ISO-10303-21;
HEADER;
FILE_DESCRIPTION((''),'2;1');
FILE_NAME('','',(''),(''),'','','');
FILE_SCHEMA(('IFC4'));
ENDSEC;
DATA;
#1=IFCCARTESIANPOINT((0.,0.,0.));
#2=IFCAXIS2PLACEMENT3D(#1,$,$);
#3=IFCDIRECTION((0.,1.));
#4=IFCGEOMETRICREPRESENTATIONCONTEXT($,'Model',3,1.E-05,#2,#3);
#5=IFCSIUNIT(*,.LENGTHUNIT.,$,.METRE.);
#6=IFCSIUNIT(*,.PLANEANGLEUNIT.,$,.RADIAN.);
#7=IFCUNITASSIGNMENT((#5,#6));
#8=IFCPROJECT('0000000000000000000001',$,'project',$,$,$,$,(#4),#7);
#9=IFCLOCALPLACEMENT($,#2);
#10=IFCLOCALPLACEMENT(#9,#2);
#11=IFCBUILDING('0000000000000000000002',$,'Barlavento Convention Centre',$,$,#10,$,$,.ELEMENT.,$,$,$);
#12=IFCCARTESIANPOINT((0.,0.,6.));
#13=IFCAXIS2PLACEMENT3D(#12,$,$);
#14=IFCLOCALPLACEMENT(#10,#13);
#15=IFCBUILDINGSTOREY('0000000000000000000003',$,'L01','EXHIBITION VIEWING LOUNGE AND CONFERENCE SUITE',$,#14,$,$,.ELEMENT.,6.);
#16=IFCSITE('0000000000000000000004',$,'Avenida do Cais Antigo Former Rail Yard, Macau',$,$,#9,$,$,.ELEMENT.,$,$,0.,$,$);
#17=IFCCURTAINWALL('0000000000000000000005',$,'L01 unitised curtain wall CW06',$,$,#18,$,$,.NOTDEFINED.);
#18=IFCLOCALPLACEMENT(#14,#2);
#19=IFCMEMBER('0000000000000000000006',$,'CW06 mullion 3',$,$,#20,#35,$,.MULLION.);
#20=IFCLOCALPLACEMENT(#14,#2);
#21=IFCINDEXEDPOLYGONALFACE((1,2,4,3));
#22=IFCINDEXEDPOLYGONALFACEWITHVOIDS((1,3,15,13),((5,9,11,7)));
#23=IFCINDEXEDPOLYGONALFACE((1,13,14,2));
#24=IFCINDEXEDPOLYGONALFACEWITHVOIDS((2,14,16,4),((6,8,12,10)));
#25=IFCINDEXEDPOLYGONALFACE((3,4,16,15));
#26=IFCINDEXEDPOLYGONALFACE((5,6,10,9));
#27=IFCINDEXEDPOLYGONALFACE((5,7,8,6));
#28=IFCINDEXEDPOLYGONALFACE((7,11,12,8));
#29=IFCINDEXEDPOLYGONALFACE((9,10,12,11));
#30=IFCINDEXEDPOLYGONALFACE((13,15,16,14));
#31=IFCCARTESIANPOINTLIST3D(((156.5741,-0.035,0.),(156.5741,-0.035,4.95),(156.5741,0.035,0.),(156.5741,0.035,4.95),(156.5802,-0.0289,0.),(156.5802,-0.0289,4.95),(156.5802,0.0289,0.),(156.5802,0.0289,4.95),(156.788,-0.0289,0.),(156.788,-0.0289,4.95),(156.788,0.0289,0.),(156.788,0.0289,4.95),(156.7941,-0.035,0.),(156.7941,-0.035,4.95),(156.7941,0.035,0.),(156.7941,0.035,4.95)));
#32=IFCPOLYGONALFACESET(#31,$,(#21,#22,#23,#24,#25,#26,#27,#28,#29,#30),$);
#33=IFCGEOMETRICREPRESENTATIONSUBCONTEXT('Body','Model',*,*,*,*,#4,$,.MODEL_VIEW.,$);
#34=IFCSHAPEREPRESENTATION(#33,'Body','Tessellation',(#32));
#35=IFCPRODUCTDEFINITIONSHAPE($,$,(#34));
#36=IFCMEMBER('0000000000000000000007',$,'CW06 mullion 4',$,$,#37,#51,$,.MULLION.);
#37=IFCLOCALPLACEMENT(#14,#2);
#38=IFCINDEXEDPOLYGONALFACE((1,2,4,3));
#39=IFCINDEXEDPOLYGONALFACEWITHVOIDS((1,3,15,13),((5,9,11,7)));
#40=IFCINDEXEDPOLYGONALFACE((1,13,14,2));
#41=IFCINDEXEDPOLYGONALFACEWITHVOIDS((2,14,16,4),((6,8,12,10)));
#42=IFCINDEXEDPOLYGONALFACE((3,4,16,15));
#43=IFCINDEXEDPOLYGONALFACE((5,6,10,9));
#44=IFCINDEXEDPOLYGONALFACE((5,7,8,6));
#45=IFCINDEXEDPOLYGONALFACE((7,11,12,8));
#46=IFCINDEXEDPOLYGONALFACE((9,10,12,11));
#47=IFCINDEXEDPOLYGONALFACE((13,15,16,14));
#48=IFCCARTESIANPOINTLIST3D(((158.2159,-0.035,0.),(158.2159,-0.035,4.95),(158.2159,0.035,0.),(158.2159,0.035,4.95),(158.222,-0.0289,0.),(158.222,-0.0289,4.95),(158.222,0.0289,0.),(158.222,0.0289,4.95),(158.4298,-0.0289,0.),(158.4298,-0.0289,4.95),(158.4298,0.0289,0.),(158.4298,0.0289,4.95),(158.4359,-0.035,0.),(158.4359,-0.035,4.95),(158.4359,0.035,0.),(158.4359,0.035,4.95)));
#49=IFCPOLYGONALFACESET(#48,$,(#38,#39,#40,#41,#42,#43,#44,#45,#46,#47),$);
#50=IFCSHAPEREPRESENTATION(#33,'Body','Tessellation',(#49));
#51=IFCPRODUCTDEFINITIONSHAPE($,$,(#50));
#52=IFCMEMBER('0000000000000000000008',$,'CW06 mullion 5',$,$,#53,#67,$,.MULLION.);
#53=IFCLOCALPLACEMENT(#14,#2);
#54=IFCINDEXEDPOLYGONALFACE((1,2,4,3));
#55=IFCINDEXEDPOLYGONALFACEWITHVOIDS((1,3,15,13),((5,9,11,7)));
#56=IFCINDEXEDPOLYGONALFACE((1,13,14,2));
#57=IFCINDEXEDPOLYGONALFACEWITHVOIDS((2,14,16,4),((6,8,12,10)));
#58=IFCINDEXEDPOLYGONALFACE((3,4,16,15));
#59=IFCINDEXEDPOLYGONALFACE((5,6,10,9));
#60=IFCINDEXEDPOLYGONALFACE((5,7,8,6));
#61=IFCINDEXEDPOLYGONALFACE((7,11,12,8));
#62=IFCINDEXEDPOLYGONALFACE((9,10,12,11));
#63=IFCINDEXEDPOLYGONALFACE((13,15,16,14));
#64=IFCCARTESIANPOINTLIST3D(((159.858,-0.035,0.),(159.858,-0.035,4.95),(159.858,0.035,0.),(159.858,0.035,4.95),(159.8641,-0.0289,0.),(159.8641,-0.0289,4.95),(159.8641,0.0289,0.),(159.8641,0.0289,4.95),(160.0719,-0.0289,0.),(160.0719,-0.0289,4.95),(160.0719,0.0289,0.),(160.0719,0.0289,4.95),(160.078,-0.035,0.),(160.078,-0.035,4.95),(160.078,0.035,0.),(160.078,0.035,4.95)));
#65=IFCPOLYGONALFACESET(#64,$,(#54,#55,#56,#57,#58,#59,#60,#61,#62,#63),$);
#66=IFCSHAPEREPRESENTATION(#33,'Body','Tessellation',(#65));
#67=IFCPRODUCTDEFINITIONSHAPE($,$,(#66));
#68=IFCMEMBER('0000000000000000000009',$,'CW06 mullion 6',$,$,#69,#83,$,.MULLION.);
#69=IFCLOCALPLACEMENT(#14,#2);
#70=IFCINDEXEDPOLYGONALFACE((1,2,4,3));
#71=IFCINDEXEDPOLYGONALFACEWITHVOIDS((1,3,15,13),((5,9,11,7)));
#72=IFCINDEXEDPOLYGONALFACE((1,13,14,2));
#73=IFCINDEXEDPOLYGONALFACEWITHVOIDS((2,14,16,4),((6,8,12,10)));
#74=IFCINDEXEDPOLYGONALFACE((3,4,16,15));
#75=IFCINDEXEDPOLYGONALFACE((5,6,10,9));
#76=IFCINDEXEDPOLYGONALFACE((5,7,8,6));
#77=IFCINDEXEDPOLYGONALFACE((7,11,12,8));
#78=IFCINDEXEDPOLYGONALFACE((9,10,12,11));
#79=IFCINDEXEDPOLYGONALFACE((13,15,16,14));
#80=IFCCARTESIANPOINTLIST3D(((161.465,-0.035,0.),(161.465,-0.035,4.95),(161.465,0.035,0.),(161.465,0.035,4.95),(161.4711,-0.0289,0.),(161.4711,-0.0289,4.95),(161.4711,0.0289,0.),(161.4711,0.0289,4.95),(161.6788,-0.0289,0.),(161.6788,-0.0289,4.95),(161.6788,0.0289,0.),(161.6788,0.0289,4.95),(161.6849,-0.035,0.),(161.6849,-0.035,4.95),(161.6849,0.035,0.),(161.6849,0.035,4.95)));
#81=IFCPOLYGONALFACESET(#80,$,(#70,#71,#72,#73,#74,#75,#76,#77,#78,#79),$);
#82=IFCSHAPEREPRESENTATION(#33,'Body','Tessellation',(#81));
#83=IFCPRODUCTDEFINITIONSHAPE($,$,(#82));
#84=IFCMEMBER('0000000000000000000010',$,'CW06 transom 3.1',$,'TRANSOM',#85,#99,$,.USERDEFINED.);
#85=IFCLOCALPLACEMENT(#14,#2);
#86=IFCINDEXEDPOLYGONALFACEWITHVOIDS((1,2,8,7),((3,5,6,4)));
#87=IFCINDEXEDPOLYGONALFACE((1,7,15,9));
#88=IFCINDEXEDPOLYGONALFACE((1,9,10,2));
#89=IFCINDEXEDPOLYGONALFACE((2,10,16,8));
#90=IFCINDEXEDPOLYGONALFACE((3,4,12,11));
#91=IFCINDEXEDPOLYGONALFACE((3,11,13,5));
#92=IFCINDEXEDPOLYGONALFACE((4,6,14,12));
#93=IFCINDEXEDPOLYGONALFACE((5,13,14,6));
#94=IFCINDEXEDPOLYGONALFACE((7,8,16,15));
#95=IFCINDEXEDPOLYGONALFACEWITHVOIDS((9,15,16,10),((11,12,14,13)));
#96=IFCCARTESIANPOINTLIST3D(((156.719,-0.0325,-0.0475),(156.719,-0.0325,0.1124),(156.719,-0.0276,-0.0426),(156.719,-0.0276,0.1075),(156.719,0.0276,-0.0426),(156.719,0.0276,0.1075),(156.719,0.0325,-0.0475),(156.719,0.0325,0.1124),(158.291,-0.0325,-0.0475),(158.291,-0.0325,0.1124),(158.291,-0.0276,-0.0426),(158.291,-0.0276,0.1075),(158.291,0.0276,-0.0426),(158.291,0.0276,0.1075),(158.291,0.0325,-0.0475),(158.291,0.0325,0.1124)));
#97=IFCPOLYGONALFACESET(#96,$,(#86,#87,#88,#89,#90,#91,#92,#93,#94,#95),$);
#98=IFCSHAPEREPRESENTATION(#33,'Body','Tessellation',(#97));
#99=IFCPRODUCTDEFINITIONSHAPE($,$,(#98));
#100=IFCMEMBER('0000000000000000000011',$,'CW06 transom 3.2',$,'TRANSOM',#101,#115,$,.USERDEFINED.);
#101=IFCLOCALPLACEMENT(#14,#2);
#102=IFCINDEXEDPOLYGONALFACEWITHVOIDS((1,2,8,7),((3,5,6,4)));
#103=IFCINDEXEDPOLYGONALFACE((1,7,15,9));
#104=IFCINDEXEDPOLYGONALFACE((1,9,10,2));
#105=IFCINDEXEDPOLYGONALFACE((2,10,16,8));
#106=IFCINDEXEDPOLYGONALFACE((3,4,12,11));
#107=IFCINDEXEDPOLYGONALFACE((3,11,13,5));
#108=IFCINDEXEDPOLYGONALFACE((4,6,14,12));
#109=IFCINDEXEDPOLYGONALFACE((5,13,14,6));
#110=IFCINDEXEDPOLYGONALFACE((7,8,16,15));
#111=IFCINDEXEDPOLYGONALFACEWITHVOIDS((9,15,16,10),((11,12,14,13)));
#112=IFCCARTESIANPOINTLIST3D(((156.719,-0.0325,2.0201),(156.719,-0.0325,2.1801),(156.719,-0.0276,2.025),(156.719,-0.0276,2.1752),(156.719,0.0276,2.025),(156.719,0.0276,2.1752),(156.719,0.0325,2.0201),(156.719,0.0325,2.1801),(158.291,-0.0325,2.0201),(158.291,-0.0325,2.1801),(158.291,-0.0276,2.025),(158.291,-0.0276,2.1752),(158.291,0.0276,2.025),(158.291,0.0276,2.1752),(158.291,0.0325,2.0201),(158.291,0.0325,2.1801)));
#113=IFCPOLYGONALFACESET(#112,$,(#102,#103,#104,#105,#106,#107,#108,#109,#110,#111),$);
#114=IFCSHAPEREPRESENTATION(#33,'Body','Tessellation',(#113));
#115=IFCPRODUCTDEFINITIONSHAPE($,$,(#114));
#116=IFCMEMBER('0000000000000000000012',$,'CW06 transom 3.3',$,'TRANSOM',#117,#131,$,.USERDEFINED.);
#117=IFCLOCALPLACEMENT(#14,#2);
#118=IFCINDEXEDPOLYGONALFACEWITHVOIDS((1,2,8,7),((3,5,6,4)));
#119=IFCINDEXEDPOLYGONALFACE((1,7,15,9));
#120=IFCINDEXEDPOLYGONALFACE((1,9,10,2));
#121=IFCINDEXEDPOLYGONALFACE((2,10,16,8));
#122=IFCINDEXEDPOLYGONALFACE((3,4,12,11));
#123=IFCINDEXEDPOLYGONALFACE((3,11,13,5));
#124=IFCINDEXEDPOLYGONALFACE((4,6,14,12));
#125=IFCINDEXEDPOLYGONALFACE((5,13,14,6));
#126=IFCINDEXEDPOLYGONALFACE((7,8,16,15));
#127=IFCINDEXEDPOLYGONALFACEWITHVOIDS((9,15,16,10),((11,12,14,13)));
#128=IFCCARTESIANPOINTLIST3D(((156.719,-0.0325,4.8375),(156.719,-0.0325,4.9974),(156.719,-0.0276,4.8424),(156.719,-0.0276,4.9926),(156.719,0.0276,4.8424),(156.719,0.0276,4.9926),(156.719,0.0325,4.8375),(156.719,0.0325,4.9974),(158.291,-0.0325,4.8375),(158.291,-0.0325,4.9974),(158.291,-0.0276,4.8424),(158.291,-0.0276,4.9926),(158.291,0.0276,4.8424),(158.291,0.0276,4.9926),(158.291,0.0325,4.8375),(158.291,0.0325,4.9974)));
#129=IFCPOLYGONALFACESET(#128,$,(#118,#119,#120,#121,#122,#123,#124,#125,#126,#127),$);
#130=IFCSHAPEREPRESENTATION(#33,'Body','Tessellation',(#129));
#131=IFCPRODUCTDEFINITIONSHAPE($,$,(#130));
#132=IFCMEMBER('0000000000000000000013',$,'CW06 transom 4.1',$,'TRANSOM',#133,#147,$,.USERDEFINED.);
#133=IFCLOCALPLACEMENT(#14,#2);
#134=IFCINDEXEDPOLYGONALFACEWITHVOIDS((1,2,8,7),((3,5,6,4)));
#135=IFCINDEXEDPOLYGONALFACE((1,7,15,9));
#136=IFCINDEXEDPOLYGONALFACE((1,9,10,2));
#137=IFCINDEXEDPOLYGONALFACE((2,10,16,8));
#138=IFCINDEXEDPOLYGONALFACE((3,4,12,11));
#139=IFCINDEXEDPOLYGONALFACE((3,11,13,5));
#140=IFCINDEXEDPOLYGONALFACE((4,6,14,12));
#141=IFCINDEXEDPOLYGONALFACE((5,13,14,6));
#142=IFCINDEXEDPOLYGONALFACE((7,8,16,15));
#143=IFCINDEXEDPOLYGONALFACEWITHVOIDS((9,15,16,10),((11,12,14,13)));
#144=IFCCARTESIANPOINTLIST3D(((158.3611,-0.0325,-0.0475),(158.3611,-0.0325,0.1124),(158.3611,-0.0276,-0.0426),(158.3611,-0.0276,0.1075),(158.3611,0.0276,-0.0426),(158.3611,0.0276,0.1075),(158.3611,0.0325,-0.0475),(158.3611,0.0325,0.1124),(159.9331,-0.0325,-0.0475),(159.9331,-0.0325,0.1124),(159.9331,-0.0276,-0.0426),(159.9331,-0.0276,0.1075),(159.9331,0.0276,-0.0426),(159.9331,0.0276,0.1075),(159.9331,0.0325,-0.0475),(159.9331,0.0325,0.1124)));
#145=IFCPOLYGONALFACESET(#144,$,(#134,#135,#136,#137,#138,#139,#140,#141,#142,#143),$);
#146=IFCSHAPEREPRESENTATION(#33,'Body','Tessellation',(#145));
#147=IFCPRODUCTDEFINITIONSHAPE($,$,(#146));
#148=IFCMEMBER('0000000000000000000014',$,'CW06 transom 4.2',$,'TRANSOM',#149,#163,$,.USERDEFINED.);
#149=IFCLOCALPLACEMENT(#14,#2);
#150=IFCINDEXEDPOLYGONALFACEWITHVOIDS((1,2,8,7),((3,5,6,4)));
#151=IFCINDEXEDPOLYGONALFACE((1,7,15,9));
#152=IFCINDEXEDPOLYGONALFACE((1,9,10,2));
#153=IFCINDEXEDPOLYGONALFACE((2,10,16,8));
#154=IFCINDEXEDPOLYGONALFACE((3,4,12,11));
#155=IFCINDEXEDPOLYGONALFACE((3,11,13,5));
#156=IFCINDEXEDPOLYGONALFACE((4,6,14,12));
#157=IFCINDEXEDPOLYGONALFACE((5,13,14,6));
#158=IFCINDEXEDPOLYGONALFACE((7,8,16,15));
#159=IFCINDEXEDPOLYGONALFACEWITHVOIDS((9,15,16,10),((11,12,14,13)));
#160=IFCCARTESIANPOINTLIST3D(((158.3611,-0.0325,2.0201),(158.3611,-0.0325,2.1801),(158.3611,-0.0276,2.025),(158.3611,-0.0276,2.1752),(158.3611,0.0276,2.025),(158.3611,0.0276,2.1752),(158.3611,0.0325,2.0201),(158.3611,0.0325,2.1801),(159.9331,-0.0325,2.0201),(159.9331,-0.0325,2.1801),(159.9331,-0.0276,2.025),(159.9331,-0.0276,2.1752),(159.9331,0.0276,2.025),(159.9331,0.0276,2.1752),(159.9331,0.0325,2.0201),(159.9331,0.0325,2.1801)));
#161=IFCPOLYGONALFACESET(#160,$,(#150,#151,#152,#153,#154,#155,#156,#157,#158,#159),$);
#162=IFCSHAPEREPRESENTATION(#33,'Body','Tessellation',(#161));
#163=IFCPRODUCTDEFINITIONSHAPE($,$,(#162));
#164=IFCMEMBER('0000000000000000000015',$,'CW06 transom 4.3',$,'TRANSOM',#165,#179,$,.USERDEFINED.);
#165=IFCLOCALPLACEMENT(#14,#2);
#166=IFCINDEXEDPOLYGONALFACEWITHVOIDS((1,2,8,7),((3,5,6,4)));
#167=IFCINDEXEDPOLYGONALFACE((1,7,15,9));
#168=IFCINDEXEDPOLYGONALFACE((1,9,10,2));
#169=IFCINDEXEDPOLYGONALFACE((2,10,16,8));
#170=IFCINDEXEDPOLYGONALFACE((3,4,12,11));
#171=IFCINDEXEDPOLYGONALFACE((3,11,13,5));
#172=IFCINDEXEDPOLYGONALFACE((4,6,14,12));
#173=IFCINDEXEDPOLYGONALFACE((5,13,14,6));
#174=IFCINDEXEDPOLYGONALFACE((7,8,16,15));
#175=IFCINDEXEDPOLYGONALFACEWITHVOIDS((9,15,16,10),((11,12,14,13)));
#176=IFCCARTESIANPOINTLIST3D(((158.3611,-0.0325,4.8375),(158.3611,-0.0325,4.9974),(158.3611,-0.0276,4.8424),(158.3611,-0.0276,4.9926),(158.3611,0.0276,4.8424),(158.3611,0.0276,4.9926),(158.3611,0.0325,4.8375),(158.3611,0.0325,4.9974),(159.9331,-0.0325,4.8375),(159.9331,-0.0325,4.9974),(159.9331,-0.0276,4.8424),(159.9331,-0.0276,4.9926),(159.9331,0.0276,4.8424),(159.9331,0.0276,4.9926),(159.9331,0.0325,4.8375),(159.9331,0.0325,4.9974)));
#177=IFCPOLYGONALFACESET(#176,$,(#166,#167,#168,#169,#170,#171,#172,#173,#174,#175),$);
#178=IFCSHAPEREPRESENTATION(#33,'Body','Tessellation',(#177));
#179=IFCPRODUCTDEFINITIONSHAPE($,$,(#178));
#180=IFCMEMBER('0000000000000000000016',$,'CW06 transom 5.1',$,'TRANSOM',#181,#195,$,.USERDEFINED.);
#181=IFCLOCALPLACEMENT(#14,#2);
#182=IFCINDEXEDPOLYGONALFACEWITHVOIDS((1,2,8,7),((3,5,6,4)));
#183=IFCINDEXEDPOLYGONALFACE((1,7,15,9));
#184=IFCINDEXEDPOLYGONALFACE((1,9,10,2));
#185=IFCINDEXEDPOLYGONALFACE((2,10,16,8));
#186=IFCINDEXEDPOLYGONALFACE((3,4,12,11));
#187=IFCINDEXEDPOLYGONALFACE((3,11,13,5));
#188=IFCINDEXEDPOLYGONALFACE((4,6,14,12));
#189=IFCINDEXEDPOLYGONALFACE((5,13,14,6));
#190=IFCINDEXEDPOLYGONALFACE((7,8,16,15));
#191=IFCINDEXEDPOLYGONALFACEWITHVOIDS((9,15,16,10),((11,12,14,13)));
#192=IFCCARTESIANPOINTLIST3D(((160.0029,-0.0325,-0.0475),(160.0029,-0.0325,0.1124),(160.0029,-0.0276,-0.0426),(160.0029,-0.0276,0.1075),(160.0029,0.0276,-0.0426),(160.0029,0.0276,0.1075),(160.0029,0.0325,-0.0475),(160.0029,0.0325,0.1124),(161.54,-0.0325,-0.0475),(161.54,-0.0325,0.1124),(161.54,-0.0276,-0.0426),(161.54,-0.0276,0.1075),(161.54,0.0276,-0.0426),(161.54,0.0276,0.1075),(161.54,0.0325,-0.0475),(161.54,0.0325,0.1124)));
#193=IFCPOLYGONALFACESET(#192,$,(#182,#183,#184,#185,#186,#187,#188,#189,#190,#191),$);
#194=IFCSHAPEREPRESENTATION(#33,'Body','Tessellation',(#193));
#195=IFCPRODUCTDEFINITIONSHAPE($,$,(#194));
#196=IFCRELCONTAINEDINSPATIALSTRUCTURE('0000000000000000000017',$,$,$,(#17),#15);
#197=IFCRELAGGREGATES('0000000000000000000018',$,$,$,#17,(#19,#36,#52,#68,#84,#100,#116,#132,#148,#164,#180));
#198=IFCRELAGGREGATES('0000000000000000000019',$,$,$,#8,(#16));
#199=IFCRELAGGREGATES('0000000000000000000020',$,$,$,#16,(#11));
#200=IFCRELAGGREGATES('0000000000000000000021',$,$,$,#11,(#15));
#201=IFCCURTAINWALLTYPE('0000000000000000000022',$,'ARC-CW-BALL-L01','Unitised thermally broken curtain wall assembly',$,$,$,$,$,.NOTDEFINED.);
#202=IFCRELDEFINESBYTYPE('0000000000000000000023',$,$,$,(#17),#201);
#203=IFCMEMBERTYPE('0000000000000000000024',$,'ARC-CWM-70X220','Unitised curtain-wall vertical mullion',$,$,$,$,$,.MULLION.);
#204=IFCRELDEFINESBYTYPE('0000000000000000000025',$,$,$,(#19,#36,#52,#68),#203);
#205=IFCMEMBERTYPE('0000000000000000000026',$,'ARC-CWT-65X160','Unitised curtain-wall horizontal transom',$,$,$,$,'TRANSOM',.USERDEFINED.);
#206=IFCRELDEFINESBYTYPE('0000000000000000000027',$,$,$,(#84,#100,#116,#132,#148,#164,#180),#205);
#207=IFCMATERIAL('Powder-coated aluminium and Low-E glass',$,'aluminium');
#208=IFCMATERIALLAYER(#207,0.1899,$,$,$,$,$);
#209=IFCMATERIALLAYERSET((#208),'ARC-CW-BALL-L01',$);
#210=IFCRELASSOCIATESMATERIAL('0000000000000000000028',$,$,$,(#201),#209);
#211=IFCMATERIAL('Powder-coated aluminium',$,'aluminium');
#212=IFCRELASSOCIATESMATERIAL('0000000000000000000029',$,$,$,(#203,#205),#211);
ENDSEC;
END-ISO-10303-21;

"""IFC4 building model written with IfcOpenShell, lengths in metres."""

from ifc_helpers import new_model, si_unit, direction, frame, origin, origin_2d, place, context, subcontext, project, spatial, hollow_rectangle, extrude, material, layer, layer_set, material_profile, profile_set, type_object, element, aggregate, save


model = new_model("IFC4")

# Units and contexts
model_context = context("Model", 3, precision=1e-05, world=origin(), true_north=direction((0.0, 1.0)))
body_context = subcontext(model_context, "Body", "Model", "MODEL_VIEW")
ifc_project = project(units=[si_unit("LENGTHUNIT", "METRE"), si_unit("PLANEANGLEUNIT", "RADIAN")], contexts=[model_context])

# Site, building, storey
site_placement = place(None, origin())
site = spatial("IfcSite", under=ifc_project, at=site_placement, Name="Avenida do Cais Antigo Former Rail Yard, Macau", CompositionType="ELEMENT", RefElevation=0.0)
building_placement = place(site_placement, origin())
building = spatial("IfcBuilding", under=site, at=building_placement, Name="Barlavento Convention Centre", CompositionType="ELEMENT")
storey_placement = place(building_placement, frame((0.0, 0.0, 6.0)))
storey = spatial("IfcBuildingStorey", under=building, at=storey_placement, Name="L01", Description="EXHIBITION VIEWING LOUNGE AND CONFERENCE SUITE", CompositionType="ELEMENT", Elevation=6.0)

# Curtain wall, members
ifc_material_1 = material(Name="Powder-coated aluminium and Low-E glass", Category="aluminium")
ifc_layer_1 = layer(ifc_material_1, 0.1899)
ifc_layer_set_1 = layer_set([ifc_layer_1], Name="ARC-CW-BALL-L01")
curtain_wall_type = type_object("IfcCurtainWallType", Name="ARC-CW-BALL-L01", Description="Unitised thermally broken curtain wall assembly", PredefinedType="NOTDEFINED", material=ifc_layer_set_1)
curtain_wall_placement = place(storey_placement, origin())
curtain_wall = element("IfcCurtainWall", 1, at=curtain_wall_placement, inside=storey, type_object=curtain_wall_type, Name="L01 unitised curtain wall CW06", PredefinedType="NOTDEFINED")
ifc_material_2 = material(Name="Powder-coated aluminium", Category="aluminium")
ifc_material_profile_1 = material_profile(ifc_material_2, hollow_rectangle(XDim=0.0701, YDim=0.22, WallThickness=0.0061, at=origin_2d()), Name="AL-MULL 70x220x6")
ifc_profile_set_1 = profile_set([ifc_material_profile_1], Name="Powder-coated aluminium")
member_type_1 = type_object("IfcMemberType", Name="ARC-CWM-70X220", Description="Unitised curtain-wall vertical mullion", PredefinedType="MULLION", material=ifc_profile_set_1)
member_1_placement = place(storey_placement, frame((156.6841, 0.0, 0.0), z_axis=(0.0, 0.0, 1.0), x_axis=(0.0, 1.0, 0.0)))
member_1 = element("IfcMember", 2, at=member_1_placement, type_object=member_type_1, Name="CW06 mullion 3", PredefinedType="MULLION", context=body_context, shape_type="SweptSolid", body=[
    extrude(hollow_rectangle(XDim=0.0701, YDim=0.22, WallThickness=0.0061, at=origin_2d()), origin(), (0.0, 0.0, 1.0), 4.95),
])
member_2_placement = place(storey_placement, frame((158.3259, 0.0, 0.0), z_axis=(0.0, 0.0, 1.0), x_axis=(0.0, 1.0, 0.0)))
member_2 = element("IfcMember", 3, at=member_2_placement, type_object=member_type_1, Name="CW06 mullion 4", PredefinedType="MULLION", context=body_context, shape_type="SweptSolid", body=[
    extrude(hollow_rectangle(XDim=0.0701, YDim=0.22, WallThickness=0.0061, at=origin_2d()), origin(), (0.0, 0.0, 1.0), 4.95),
])
member_3_placement = place(storey_placement, frame((159.968, 0.0, 0.0), z_axis=(0.0, 0.0, 1.0), x_axis=(0.0, 1.0, 0.0)))
member_3 = element("IfcMember", 4, at=member_3_placement, type_object=member_type_1, Name="CW06 mullion 5", PredefinedType="MULLION", context=body_context, shape_type="SweptSolid", body=[
    extrude(hollow_rectangle(XDim=0.0701, YDim=0.22, WallThickness=0.0061, at=origin_2d()), origin(), (0.0, 0.0, 1.0), 4.95),
])
member_4_placement = place(storey_placement, frame((161.575, 0.0, 0.0), z_axis=(0.0, 0.0, 1.0), x_axis=(0.0, 1.0, 0.0)))
member_4 = element("IfcMember", 5, at=member_4_placement, type_object=member_type_1, Name="CW06 mullion 6", PredefinedType="MULLION", context=body_context, shape_type="SweptSolid", body=[
    extrude(hollow_rectangle(XDim=0.0701, YDim=0.22, WallThickness=0.0061, at=origin_2d()), origin(), (0.0, 0.0, 1.0), 4.95),
])
ifc_material_profile_2 = material_profile(ifc_material_2, hollow_rectangle(XDim=0.0649, YDim=0.1599, WallThickness=0.0049, at=origin_2d()), Name="AL-TRAN 65x160x5")
ifc_profile_set_2 = profile_set([ifc_material_profile_2], Name="Powder-coated aluminium")
member_type_2 = type_object("IfcMemberType", Name="ARC-CWT-65X160", Description="Unitised curtain-wall horizontal transom", ElementType="TRANSOM", PredefinedType="USERDEFINED", material=ifc_profile_set_2)
member_5_placement = place(storey_placement, frame((156.719, 0.0, 0.0325), z_axis=(1.0, 0.0, 0.0), x_axis=(0.0, 1.0, 0.0)))
member_5 = element("IfcMember", 6, at=member_5_placement, type_object=member_type_2, Name="CW06 transom 3.1", ObjectType="TRANSOM", PredefinedType="USERDEFINED", context=body_context, shape_type="SweptSolid", body=[
    extrude(hollow_rectangle(XDim=0.0649, YDim=0.1599, WallThickness=0.0049, at=origin_2d()), origin(), (0.0, 0.0, 1.0), 1.572),
])
member_6_placement = place(storey_placement, frame((156.719, 0.0, 2.1001), z_axis=(1.0, 0.0, 0.0), x_axis=(0.0, 1.0, 0.0)))
member_6 = element("IfcMember", 7, at=member_6_placement, type_object=member_type_2, Name="CW06 transom 3.2", ObjectType="TRANSOM", PredefinedType="USERDEFINED", context=body_context, shape_type="SweptSolid", body=[
    extrude(hollow_rectangle(XDim=0.0649, YDim=0.1599, WallThickness=0.0049, at=origin_2d()), origin(), (0.0, 0.0, 1.0), 1.572),
])
member_7_placement = place(storey_placement, frame((156.719, 0.0, 4.9175), z_axis=(1.0, 0.0, 0.0), x_axis=(0.0, 1.0, 0.0)))
member_7 = element("IfcMember", 8, at=member_7_placement, type_object=member_type_2, Name="CW06 transom 3.3", ObjectType="TRANSOM", PredefinedType="USERDEFINED", context=body_context, shape_type="SweptSolid", body=[
    extrude(hollow_rectangle(XDim=0.0649, YDim=0.1599, WallThickness=0.0049, at=origin_2d()), origin(), (0.0, 0.0, 1.0), 1.572),
])
member_8_placement = place(storey_placement, frame((158.3611, 0.0, 0.0325), z_axis=(1.0, 0.0, 0.0), x_axis=(0.0, 1.0, 0.0)))
member_8 = element("IfcMember", 9, at=member_8_placement, type_object=member_type_2, Name="CW06 transom 4.1", ObjectType="TRANSOM", PredefinedType="USERDEFINED", context=body_context, shape_type="SweptSolid", body=[
    extrude(hollow_rectangle(XDim=0.0649, YDim=0.1599, WallThickness=0.0049, at=origin_2d()), origin(), (0.0, 0.0, 1.0), 1.572),
])
member_9_placement = place(storey_placement, frame((158.3611, 0.0, 2.1001), z_axis=(1.0, 0.0, 0.0), x_axis=(0.0, 1.0, 0.0)))
member_9 = element("IfcMember", 10, at=member_9_placement, type_object=member_type_2, Name="CW06 transom 4.2", ObjectType="TRANSOM", PredefinedType="USERDEFINED", context=body_context, shape_type="SweptSolid", body=[
    extrude(hollow_rectangle(XDim=0.0649, YDim=0.1599, WallThickness=0.0049, at=origin_2d()), origin(), (0.0, 0.0, 1.0), 1.572),
])
member_10_placement = place(storey_placement, frame((158.3611, 0.0, 4.9175), z_axis=(1.0, 0.0, 0.0), x_axis=(0.0, 1.0, 0.0)))
member_10 = element("IfcMember", 11, at=member_10_placement, type_object=member_type_2, Name="CW06 transom 4.3", ObjectType="TRANSOM", PredefinedType="USERDEFINED", context=body_context, shape_type="SweptSolid", body=[
    extrude(hollow_rectangle(XDim=0.0649, YDim=0.1599, WallThickness=0.0049, at=origin_2d()), origin(), (0.0, 0.0, 1.0), 1.572),
])
member_11_placement = place(storey_placement, frame((160.0029, 0.0, 0.0325), z_axis=(1.0, 0.0, 0.0), x_axis=(0.0, 1.0, 0.0)))
member_11 = element("IfcMember", 12, at=member_11_placement, type_object=member_type_2, Name="CW06 transom 5.1", ObjectType="TRANSOM", PredefinedType="USERDEFINED", context=body_context, shape_type="SweptSolid", body=[
    extrude(hollow_rectangle(XDim=0.0649, YDim=0.1599, WallThickness=0.0049, at=origin_2d()), origin(), (0.0, 0.0, 1.0), 1.5371),
])
aggregate(curtain_wall, [member_1, member_2, member_3, member_4, member_5, member_6, member_7, member_8, member_9, member_10, member_11])

save(model, "model.ifc")
